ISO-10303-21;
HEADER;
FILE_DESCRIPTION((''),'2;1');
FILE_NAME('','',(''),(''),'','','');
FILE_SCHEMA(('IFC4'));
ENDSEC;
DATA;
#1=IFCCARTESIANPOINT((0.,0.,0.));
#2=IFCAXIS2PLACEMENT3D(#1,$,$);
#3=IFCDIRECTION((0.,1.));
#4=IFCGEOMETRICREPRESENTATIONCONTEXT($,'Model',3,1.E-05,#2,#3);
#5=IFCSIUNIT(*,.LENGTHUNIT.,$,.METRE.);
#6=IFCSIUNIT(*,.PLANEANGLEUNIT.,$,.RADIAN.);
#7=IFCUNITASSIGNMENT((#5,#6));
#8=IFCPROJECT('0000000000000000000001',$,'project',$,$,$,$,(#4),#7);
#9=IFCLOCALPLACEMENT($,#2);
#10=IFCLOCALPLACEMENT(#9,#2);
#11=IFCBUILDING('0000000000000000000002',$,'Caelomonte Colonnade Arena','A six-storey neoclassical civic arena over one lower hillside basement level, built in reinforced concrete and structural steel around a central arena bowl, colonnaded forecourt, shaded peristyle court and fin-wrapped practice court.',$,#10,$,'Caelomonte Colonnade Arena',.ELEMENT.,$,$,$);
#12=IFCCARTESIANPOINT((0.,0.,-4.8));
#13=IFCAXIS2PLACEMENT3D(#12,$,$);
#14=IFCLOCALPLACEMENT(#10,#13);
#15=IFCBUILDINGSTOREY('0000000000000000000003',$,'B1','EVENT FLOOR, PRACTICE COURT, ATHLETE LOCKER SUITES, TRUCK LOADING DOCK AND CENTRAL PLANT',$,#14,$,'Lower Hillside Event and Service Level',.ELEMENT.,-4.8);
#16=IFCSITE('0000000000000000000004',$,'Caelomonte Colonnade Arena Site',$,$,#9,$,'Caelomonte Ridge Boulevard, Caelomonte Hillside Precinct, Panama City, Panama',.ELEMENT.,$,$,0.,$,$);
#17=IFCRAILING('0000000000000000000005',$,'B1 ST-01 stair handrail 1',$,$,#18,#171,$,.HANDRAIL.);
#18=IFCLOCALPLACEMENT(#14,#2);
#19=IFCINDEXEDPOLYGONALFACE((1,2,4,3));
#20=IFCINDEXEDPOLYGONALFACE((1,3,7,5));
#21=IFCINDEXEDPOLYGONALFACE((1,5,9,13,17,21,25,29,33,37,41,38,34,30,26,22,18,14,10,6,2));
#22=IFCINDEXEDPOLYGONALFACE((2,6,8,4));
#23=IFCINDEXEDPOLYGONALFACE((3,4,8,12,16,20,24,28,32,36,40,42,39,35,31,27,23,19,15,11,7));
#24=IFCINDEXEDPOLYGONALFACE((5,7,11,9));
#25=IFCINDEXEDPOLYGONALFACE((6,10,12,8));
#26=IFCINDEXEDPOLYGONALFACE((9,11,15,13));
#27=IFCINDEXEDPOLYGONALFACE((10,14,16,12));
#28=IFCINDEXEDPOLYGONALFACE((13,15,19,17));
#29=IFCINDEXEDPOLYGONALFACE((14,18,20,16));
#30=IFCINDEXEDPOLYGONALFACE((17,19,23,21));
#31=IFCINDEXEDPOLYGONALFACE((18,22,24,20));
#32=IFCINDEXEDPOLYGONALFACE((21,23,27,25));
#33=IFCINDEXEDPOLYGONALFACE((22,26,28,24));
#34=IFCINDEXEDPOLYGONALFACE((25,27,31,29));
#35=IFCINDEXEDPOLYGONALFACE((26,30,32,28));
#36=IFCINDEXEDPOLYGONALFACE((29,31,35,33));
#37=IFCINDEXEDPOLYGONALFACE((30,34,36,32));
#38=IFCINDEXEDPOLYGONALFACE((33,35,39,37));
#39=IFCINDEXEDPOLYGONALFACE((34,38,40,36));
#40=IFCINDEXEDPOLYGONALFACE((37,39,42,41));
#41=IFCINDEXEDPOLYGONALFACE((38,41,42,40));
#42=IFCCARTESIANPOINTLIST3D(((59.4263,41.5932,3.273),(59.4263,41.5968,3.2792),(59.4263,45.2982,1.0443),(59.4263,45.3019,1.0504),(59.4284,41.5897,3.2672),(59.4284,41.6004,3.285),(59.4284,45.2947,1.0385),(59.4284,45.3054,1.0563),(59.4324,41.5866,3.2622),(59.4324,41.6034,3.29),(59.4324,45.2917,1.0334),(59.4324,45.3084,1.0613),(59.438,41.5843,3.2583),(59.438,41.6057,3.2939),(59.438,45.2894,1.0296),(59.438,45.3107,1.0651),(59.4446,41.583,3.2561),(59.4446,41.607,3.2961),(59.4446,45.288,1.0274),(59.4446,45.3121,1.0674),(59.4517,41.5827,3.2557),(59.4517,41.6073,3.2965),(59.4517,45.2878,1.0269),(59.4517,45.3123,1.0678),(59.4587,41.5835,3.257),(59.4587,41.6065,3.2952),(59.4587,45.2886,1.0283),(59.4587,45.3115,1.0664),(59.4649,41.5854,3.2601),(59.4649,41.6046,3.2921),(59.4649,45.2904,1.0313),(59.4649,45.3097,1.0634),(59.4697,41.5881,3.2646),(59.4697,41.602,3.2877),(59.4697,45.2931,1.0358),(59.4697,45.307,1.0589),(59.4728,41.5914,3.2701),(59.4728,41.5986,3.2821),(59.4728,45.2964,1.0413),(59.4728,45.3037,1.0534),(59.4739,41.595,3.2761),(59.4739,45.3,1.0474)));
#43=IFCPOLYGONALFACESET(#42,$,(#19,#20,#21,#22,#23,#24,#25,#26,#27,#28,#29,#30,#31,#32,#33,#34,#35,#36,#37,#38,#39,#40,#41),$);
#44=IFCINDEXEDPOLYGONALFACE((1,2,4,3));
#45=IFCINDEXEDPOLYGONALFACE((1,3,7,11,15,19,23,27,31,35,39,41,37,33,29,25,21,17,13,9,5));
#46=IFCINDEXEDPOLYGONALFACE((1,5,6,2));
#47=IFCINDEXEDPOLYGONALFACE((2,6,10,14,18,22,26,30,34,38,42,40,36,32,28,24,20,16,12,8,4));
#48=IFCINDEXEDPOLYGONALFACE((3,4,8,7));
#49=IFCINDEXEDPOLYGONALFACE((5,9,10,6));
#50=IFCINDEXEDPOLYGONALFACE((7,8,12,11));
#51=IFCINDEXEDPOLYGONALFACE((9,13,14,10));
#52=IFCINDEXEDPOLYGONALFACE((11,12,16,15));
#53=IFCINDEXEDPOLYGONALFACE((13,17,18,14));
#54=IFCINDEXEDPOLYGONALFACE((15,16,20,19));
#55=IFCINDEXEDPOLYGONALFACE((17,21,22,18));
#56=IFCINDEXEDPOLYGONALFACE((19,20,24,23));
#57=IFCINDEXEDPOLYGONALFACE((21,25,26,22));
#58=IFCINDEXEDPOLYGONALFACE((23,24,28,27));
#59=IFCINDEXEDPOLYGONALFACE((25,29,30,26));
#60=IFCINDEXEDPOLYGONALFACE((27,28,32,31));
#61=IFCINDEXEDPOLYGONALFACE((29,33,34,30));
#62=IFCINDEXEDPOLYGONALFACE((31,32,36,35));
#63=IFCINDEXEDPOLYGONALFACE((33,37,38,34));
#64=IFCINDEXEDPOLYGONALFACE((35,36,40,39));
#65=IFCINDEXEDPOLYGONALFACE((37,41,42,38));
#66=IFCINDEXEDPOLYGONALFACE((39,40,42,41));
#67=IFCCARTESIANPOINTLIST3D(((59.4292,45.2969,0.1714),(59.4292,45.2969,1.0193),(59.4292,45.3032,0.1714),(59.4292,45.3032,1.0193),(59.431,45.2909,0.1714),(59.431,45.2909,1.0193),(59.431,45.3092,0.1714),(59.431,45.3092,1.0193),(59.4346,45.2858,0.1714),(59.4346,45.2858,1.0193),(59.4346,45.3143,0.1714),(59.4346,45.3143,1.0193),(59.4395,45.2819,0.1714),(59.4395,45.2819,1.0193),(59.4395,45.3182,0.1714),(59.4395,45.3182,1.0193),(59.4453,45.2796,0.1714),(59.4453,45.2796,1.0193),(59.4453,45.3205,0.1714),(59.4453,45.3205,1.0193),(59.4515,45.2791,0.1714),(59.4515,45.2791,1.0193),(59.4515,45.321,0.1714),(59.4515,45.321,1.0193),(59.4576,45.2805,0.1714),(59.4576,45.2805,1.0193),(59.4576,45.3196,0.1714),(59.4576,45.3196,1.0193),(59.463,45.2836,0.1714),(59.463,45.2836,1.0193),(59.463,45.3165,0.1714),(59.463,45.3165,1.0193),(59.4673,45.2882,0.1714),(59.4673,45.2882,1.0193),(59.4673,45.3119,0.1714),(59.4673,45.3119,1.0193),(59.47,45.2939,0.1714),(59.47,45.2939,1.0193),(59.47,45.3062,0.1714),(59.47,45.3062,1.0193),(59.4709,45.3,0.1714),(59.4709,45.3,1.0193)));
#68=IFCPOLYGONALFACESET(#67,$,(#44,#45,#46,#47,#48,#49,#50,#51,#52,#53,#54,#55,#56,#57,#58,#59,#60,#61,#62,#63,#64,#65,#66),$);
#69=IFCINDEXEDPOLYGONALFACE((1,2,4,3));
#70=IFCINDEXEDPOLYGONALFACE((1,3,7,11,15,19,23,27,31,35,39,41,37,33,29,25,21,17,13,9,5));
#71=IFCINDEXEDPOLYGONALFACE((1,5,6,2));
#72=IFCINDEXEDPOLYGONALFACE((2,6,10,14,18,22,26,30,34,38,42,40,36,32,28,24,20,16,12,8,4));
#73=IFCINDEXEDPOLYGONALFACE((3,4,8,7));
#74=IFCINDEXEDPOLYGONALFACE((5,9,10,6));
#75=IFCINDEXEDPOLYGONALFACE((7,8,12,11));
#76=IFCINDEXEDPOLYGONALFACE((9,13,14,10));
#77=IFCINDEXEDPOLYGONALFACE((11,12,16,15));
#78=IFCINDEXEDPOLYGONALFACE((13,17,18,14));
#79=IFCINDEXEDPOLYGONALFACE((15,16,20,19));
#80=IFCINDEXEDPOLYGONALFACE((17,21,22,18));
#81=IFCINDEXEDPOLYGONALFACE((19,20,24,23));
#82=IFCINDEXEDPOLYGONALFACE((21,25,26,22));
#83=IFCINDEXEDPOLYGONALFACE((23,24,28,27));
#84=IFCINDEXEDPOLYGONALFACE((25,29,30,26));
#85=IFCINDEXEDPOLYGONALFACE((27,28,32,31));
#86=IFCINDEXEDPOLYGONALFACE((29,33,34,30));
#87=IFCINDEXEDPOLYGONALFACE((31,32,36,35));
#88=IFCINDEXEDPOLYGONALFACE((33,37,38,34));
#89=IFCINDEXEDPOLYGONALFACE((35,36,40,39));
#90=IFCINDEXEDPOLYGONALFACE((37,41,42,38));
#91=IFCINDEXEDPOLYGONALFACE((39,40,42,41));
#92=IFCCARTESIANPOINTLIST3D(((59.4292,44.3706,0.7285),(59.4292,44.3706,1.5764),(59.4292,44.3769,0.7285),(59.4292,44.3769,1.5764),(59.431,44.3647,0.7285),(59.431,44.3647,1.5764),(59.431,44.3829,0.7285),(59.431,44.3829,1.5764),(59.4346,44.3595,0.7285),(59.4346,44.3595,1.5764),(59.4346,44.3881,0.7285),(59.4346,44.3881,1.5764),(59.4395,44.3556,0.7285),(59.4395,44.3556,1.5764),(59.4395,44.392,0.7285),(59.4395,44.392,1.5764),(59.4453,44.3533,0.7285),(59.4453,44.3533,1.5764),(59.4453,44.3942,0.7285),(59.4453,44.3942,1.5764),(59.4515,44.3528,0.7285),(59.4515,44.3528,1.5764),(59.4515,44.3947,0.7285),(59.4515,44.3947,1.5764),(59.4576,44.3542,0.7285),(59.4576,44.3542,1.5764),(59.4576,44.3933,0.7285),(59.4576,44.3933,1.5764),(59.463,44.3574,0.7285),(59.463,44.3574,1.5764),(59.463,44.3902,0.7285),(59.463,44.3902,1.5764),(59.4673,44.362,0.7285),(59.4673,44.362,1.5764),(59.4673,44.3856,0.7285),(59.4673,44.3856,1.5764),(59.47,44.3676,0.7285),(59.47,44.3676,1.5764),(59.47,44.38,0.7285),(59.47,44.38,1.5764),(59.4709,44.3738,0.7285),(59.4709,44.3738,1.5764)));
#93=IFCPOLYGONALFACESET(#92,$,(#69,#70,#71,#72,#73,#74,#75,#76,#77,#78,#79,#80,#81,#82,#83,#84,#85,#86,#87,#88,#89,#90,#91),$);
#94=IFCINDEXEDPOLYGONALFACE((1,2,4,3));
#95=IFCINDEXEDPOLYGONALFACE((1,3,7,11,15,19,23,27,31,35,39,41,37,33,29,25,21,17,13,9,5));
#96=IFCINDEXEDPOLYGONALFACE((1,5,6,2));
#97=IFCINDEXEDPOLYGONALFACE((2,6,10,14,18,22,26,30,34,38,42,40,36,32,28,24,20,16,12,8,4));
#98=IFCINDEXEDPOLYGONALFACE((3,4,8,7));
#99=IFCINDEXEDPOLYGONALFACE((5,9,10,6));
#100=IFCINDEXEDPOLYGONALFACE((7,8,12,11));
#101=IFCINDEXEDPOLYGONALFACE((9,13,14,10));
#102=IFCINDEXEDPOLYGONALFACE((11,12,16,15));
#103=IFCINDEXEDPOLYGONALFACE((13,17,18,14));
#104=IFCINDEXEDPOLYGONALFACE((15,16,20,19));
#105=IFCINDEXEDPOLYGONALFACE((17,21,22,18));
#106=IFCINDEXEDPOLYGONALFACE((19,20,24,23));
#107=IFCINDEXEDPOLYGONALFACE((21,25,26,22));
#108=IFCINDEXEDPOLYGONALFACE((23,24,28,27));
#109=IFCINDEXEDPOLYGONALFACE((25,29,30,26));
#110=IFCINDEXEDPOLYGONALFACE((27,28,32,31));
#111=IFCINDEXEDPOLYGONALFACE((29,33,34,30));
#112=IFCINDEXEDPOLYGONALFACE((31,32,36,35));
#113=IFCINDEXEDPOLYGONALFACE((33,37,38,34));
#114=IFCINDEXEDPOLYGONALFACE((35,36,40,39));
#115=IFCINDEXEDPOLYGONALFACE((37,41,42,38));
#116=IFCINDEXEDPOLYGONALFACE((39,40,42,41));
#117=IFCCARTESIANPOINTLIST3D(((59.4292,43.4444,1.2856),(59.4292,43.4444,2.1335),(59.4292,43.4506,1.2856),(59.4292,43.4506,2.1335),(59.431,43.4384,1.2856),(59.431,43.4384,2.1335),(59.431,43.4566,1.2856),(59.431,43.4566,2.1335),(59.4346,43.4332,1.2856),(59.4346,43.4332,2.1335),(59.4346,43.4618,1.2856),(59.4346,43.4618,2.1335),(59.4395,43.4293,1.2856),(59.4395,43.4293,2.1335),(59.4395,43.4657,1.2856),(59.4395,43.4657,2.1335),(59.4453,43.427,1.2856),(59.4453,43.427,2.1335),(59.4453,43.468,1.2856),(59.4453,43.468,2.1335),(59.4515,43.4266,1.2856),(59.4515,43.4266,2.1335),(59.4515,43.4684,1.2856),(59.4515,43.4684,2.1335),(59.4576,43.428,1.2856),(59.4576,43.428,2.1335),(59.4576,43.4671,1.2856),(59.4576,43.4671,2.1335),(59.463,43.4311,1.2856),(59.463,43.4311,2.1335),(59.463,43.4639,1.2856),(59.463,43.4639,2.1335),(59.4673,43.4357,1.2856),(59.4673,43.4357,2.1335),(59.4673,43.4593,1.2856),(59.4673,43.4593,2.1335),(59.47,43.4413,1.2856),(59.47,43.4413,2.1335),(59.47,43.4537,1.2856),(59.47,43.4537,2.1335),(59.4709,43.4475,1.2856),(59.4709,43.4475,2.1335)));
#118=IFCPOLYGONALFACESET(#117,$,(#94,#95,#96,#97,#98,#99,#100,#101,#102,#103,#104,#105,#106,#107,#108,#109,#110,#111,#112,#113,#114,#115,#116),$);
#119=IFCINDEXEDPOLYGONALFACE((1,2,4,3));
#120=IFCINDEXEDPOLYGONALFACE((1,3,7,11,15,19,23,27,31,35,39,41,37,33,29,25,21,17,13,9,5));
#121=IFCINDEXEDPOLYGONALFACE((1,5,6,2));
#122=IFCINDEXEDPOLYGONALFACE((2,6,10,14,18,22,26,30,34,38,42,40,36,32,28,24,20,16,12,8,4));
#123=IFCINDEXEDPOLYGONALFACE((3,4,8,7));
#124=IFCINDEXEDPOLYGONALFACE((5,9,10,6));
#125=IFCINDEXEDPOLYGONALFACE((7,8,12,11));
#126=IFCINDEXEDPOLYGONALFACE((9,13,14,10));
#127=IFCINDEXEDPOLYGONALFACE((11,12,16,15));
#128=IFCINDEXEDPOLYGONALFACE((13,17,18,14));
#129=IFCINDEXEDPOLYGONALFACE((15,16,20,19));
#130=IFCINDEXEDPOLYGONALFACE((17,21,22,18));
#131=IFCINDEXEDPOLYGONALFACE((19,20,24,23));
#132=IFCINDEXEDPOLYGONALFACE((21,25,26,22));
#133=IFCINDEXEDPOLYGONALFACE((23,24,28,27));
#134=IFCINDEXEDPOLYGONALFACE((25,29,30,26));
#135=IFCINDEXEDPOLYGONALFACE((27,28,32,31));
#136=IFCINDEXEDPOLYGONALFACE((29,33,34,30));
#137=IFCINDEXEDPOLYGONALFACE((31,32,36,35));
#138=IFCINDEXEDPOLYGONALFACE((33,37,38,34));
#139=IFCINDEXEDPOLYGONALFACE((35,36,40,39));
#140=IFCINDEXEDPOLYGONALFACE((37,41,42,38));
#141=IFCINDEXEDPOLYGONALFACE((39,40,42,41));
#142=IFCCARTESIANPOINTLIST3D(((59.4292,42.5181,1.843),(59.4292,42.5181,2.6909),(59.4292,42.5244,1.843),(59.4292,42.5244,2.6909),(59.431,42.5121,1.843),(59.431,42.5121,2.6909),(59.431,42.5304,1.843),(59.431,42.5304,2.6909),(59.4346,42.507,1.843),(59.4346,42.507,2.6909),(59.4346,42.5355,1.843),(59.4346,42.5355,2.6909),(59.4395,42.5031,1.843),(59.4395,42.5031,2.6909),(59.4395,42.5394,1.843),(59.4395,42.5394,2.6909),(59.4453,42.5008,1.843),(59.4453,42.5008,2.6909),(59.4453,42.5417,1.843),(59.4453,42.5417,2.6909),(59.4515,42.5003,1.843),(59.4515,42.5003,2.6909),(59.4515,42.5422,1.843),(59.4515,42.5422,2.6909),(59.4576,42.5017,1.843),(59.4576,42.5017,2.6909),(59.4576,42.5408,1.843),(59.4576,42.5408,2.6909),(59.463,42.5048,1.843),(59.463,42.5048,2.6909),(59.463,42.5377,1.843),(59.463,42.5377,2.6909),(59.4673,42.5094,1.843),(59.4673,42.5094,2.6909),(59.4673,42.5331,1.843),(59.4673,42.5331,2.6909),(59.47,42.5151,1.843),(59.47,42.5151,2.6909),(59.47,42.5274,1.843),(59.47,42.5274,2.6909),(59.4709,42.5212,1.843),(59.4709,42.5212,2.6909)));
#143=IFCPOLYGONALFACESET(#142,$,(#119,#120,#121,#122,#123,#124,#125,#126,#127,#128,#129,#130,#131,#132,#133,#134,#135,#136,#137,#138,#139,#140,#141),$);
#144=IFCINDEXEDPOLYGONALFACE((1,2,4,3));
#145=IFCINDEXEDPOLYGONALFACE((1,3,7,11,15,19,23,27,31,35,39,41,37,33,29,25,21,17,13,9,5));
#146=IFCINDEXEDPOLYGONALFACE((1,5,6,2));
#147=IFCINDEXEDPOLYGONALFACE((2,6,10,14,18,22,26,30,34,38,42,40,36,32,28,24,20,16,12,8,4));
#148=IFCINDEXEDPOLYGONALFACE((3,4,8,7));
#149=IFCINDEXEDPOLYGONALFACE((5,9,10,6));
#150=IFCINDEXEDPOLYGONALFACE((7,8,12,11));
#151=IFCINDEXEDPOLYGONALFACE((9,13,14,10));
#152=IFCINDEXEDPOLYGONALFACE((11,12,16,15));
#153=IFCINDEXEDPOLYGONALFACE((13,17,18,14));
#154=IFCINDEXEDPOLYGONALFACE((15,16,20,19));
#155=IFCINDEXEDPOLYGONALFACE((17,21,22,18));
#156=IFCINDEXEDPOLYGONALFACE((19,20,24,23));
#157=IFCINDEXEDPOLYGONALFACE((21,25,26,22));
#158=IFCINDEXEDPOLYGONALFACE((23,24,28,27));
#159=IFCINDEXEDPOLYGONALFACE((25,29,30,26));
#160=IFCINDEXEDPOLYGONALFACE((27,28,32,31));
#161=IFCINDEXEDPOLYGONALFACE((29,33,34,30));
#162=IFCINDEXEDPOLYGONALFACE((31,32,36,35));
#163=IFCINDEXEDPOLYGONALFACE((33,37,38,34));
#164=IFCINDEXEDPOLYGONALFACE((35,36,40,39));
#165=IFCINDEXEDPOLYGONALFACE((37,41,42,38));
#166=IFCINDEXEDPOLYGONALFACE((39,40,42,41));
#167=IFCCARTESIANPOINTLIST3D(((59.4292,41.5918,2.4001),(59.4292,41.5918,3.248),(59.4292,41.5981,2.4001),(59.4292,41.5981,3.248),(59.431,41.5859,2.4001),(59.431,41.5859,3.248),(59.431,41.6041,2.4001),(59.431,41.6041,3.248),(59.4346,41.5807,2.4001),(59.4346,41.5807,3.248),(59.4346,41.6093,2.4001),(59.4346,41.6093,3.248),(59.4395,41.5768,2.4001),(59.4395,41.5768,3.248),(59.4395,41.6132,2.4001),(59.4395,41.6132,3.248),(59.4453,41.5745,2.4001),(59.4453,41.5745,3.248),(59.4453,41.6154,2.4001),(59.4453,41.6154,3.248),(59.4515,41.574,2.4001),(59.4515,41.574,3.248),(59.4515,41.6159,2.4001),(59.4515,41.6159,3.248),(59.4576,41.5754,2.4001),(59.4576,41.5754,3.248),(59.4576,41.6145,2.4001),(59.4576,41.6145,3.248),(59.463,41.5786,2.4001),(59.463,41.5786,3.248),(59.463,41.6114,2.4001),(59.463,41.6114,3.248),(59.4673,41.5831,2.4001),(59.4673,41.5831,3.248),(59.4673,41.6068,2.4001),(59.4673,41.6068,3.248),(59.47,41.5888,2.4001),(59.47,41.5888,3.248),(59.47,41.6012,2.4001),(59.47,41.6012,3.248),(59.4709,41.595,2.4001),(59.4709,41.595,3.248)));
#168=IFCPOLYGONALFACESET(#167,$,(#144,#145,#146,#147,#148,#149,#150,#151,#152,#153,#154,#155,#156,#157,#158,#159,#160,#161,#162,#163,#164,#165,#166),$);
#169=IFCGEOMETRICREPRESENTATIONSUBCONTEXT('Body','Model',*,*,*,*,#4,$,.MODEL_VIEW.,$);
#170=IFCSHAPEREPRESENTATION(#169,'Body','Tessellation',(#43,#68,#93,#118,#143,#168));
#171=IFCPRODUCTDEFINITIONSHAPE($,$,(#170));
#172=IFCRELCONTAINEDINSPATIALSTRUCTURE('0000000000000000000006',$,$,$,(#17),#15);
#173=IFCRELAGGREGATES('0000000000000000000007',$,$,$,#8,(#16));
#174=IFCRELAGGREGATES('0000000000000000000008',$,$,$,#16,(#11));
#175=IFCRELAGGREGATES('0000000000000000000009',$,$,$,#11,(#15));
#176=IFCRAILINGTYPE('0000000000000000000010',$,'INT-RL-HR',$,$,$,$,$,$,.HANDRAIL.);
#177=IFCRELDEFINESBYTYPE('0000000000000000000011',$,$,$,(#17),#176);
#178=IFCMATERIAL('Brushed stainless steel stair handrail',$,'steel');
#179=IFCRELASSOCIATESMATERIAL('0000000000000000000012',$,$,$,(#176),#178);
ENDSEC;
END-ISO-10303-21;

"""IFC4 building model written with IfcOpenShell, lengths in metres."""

from ifc_helpers import new_model, si_unit, direction, frame, origin, origin_2d, place, context, subcontext, project, spatial, circle, extrude, material, type_object, element, save


model = new_model("IFC4")

# Units and contexts
model_context = context("Model", 3, precision=1e-05, world=origin(), true_north=direction((0.0, 1.0)))
body_context = subcontext(model_context, "Body", "Model", "MODEL_VIEW")
ifc_project = project(units=[si_unit("LENGTHUNIT", "METRE"), si_unit("PLANEANGLEUNIT", "RADIAN")], contexts=[model_context])

# Site, building, storey
site_placement = place(None, origin())
site = spatial("IfcSite", under=ifc_project, at=site_placement, Name="Caelomonte Colonnade Arena Site", LongName="Caelomonte Ridge Boulevard, Caelomonte Hillside Precinct, Panama City, Panama", CompositionType="ELEMENT", RefElevation=0.0)
building_placement = place(site_placement, origin())
building = spatial("IfcBuilding", under=site, at=building_placement, Name="Caelomonte Colonnade Arena", Description="A six-storey neoclassical civic arena over one lower hillside basement level, built in reinforced concrete and structural steel around a central arena bowl, colonnaded forecourt, shaded peristyle court and fin-wrapped practice court.", LongName="Caelomonte Colonnade Arena", CompositionType="ELEMENT")
storey_placement = place(building_placement, frame((0.0, 0.0, -4.8)))
storey = spatial("IfcBuildingStorey", under=building, at=storey_placement, Name="B1", Description="EVENT FLOOR, PRACTICE COURT, ATHLETE LOCKER SUITES, TRUCK LOADING DOCK AND CENTRAL PLANT", LongName="Lower Hillside Event and Service Level", CompositionType="ELEMENT", Elevation=-4.8)

# Railing
ifc_material_1 = material(Name="Brushed stainless steel stair handrail", Category="steel")
railing_type_1 = type_object("IfcRailingType", Name="INT-RL-HR", PredefinedType="HANDRAIL", material=ifc_material_1)
railing_1_placement = place(storey_placement, frame((59.45, 45.3, 0.1714)))
element("IfcRailing", 1, at=railing_1_placement, inside=storey, type_object=railing_type_1, Name="B1 ST-01 stair handrail 1", PredefinedType="HANDRAIL", context=body_context, shape_type="SweptSolid", body=[
    extrude(circle(Radius=0.0239, at=origin_2d()), frame((0.0, 0.0, 0.876), z_axis=(0.0, -0.856909, 0.515467), x_axis=(1.0, 0.0, 0.0)), (0.0, 0.0, 1.0), 4.3237),
    extrude(circle(Radius=0.021, at=origin_2d()), origin(), (0.0, 0.0, 1.0), 0.8479),
    extrude(circle(Radius=0.021, at=origin_2d()), frame((0.0, -0.9263, 0.5571)), (0.0, 0.0, 1.0), 0.8479),
    extrude(circle(Radius=0.021, at=origin_2d()), frame((0.0, -1.8525, 1.1143)), (0.0, 0.0, 1.0), 0.8479),
    extrude(circle(Radius=0.021, at=origin_2d()), frame((0.0, -2.7788, 1.6716)), (0.0, 0.0, 1.0), 0.8479),
    extrude(circle(Radius=0.021, at=origin_2d()), frame((0.0, -3.7051, 2.2288)), (0.0, 0.0, 1.0), 0.8479),
])

save(model, "model.ifc")
